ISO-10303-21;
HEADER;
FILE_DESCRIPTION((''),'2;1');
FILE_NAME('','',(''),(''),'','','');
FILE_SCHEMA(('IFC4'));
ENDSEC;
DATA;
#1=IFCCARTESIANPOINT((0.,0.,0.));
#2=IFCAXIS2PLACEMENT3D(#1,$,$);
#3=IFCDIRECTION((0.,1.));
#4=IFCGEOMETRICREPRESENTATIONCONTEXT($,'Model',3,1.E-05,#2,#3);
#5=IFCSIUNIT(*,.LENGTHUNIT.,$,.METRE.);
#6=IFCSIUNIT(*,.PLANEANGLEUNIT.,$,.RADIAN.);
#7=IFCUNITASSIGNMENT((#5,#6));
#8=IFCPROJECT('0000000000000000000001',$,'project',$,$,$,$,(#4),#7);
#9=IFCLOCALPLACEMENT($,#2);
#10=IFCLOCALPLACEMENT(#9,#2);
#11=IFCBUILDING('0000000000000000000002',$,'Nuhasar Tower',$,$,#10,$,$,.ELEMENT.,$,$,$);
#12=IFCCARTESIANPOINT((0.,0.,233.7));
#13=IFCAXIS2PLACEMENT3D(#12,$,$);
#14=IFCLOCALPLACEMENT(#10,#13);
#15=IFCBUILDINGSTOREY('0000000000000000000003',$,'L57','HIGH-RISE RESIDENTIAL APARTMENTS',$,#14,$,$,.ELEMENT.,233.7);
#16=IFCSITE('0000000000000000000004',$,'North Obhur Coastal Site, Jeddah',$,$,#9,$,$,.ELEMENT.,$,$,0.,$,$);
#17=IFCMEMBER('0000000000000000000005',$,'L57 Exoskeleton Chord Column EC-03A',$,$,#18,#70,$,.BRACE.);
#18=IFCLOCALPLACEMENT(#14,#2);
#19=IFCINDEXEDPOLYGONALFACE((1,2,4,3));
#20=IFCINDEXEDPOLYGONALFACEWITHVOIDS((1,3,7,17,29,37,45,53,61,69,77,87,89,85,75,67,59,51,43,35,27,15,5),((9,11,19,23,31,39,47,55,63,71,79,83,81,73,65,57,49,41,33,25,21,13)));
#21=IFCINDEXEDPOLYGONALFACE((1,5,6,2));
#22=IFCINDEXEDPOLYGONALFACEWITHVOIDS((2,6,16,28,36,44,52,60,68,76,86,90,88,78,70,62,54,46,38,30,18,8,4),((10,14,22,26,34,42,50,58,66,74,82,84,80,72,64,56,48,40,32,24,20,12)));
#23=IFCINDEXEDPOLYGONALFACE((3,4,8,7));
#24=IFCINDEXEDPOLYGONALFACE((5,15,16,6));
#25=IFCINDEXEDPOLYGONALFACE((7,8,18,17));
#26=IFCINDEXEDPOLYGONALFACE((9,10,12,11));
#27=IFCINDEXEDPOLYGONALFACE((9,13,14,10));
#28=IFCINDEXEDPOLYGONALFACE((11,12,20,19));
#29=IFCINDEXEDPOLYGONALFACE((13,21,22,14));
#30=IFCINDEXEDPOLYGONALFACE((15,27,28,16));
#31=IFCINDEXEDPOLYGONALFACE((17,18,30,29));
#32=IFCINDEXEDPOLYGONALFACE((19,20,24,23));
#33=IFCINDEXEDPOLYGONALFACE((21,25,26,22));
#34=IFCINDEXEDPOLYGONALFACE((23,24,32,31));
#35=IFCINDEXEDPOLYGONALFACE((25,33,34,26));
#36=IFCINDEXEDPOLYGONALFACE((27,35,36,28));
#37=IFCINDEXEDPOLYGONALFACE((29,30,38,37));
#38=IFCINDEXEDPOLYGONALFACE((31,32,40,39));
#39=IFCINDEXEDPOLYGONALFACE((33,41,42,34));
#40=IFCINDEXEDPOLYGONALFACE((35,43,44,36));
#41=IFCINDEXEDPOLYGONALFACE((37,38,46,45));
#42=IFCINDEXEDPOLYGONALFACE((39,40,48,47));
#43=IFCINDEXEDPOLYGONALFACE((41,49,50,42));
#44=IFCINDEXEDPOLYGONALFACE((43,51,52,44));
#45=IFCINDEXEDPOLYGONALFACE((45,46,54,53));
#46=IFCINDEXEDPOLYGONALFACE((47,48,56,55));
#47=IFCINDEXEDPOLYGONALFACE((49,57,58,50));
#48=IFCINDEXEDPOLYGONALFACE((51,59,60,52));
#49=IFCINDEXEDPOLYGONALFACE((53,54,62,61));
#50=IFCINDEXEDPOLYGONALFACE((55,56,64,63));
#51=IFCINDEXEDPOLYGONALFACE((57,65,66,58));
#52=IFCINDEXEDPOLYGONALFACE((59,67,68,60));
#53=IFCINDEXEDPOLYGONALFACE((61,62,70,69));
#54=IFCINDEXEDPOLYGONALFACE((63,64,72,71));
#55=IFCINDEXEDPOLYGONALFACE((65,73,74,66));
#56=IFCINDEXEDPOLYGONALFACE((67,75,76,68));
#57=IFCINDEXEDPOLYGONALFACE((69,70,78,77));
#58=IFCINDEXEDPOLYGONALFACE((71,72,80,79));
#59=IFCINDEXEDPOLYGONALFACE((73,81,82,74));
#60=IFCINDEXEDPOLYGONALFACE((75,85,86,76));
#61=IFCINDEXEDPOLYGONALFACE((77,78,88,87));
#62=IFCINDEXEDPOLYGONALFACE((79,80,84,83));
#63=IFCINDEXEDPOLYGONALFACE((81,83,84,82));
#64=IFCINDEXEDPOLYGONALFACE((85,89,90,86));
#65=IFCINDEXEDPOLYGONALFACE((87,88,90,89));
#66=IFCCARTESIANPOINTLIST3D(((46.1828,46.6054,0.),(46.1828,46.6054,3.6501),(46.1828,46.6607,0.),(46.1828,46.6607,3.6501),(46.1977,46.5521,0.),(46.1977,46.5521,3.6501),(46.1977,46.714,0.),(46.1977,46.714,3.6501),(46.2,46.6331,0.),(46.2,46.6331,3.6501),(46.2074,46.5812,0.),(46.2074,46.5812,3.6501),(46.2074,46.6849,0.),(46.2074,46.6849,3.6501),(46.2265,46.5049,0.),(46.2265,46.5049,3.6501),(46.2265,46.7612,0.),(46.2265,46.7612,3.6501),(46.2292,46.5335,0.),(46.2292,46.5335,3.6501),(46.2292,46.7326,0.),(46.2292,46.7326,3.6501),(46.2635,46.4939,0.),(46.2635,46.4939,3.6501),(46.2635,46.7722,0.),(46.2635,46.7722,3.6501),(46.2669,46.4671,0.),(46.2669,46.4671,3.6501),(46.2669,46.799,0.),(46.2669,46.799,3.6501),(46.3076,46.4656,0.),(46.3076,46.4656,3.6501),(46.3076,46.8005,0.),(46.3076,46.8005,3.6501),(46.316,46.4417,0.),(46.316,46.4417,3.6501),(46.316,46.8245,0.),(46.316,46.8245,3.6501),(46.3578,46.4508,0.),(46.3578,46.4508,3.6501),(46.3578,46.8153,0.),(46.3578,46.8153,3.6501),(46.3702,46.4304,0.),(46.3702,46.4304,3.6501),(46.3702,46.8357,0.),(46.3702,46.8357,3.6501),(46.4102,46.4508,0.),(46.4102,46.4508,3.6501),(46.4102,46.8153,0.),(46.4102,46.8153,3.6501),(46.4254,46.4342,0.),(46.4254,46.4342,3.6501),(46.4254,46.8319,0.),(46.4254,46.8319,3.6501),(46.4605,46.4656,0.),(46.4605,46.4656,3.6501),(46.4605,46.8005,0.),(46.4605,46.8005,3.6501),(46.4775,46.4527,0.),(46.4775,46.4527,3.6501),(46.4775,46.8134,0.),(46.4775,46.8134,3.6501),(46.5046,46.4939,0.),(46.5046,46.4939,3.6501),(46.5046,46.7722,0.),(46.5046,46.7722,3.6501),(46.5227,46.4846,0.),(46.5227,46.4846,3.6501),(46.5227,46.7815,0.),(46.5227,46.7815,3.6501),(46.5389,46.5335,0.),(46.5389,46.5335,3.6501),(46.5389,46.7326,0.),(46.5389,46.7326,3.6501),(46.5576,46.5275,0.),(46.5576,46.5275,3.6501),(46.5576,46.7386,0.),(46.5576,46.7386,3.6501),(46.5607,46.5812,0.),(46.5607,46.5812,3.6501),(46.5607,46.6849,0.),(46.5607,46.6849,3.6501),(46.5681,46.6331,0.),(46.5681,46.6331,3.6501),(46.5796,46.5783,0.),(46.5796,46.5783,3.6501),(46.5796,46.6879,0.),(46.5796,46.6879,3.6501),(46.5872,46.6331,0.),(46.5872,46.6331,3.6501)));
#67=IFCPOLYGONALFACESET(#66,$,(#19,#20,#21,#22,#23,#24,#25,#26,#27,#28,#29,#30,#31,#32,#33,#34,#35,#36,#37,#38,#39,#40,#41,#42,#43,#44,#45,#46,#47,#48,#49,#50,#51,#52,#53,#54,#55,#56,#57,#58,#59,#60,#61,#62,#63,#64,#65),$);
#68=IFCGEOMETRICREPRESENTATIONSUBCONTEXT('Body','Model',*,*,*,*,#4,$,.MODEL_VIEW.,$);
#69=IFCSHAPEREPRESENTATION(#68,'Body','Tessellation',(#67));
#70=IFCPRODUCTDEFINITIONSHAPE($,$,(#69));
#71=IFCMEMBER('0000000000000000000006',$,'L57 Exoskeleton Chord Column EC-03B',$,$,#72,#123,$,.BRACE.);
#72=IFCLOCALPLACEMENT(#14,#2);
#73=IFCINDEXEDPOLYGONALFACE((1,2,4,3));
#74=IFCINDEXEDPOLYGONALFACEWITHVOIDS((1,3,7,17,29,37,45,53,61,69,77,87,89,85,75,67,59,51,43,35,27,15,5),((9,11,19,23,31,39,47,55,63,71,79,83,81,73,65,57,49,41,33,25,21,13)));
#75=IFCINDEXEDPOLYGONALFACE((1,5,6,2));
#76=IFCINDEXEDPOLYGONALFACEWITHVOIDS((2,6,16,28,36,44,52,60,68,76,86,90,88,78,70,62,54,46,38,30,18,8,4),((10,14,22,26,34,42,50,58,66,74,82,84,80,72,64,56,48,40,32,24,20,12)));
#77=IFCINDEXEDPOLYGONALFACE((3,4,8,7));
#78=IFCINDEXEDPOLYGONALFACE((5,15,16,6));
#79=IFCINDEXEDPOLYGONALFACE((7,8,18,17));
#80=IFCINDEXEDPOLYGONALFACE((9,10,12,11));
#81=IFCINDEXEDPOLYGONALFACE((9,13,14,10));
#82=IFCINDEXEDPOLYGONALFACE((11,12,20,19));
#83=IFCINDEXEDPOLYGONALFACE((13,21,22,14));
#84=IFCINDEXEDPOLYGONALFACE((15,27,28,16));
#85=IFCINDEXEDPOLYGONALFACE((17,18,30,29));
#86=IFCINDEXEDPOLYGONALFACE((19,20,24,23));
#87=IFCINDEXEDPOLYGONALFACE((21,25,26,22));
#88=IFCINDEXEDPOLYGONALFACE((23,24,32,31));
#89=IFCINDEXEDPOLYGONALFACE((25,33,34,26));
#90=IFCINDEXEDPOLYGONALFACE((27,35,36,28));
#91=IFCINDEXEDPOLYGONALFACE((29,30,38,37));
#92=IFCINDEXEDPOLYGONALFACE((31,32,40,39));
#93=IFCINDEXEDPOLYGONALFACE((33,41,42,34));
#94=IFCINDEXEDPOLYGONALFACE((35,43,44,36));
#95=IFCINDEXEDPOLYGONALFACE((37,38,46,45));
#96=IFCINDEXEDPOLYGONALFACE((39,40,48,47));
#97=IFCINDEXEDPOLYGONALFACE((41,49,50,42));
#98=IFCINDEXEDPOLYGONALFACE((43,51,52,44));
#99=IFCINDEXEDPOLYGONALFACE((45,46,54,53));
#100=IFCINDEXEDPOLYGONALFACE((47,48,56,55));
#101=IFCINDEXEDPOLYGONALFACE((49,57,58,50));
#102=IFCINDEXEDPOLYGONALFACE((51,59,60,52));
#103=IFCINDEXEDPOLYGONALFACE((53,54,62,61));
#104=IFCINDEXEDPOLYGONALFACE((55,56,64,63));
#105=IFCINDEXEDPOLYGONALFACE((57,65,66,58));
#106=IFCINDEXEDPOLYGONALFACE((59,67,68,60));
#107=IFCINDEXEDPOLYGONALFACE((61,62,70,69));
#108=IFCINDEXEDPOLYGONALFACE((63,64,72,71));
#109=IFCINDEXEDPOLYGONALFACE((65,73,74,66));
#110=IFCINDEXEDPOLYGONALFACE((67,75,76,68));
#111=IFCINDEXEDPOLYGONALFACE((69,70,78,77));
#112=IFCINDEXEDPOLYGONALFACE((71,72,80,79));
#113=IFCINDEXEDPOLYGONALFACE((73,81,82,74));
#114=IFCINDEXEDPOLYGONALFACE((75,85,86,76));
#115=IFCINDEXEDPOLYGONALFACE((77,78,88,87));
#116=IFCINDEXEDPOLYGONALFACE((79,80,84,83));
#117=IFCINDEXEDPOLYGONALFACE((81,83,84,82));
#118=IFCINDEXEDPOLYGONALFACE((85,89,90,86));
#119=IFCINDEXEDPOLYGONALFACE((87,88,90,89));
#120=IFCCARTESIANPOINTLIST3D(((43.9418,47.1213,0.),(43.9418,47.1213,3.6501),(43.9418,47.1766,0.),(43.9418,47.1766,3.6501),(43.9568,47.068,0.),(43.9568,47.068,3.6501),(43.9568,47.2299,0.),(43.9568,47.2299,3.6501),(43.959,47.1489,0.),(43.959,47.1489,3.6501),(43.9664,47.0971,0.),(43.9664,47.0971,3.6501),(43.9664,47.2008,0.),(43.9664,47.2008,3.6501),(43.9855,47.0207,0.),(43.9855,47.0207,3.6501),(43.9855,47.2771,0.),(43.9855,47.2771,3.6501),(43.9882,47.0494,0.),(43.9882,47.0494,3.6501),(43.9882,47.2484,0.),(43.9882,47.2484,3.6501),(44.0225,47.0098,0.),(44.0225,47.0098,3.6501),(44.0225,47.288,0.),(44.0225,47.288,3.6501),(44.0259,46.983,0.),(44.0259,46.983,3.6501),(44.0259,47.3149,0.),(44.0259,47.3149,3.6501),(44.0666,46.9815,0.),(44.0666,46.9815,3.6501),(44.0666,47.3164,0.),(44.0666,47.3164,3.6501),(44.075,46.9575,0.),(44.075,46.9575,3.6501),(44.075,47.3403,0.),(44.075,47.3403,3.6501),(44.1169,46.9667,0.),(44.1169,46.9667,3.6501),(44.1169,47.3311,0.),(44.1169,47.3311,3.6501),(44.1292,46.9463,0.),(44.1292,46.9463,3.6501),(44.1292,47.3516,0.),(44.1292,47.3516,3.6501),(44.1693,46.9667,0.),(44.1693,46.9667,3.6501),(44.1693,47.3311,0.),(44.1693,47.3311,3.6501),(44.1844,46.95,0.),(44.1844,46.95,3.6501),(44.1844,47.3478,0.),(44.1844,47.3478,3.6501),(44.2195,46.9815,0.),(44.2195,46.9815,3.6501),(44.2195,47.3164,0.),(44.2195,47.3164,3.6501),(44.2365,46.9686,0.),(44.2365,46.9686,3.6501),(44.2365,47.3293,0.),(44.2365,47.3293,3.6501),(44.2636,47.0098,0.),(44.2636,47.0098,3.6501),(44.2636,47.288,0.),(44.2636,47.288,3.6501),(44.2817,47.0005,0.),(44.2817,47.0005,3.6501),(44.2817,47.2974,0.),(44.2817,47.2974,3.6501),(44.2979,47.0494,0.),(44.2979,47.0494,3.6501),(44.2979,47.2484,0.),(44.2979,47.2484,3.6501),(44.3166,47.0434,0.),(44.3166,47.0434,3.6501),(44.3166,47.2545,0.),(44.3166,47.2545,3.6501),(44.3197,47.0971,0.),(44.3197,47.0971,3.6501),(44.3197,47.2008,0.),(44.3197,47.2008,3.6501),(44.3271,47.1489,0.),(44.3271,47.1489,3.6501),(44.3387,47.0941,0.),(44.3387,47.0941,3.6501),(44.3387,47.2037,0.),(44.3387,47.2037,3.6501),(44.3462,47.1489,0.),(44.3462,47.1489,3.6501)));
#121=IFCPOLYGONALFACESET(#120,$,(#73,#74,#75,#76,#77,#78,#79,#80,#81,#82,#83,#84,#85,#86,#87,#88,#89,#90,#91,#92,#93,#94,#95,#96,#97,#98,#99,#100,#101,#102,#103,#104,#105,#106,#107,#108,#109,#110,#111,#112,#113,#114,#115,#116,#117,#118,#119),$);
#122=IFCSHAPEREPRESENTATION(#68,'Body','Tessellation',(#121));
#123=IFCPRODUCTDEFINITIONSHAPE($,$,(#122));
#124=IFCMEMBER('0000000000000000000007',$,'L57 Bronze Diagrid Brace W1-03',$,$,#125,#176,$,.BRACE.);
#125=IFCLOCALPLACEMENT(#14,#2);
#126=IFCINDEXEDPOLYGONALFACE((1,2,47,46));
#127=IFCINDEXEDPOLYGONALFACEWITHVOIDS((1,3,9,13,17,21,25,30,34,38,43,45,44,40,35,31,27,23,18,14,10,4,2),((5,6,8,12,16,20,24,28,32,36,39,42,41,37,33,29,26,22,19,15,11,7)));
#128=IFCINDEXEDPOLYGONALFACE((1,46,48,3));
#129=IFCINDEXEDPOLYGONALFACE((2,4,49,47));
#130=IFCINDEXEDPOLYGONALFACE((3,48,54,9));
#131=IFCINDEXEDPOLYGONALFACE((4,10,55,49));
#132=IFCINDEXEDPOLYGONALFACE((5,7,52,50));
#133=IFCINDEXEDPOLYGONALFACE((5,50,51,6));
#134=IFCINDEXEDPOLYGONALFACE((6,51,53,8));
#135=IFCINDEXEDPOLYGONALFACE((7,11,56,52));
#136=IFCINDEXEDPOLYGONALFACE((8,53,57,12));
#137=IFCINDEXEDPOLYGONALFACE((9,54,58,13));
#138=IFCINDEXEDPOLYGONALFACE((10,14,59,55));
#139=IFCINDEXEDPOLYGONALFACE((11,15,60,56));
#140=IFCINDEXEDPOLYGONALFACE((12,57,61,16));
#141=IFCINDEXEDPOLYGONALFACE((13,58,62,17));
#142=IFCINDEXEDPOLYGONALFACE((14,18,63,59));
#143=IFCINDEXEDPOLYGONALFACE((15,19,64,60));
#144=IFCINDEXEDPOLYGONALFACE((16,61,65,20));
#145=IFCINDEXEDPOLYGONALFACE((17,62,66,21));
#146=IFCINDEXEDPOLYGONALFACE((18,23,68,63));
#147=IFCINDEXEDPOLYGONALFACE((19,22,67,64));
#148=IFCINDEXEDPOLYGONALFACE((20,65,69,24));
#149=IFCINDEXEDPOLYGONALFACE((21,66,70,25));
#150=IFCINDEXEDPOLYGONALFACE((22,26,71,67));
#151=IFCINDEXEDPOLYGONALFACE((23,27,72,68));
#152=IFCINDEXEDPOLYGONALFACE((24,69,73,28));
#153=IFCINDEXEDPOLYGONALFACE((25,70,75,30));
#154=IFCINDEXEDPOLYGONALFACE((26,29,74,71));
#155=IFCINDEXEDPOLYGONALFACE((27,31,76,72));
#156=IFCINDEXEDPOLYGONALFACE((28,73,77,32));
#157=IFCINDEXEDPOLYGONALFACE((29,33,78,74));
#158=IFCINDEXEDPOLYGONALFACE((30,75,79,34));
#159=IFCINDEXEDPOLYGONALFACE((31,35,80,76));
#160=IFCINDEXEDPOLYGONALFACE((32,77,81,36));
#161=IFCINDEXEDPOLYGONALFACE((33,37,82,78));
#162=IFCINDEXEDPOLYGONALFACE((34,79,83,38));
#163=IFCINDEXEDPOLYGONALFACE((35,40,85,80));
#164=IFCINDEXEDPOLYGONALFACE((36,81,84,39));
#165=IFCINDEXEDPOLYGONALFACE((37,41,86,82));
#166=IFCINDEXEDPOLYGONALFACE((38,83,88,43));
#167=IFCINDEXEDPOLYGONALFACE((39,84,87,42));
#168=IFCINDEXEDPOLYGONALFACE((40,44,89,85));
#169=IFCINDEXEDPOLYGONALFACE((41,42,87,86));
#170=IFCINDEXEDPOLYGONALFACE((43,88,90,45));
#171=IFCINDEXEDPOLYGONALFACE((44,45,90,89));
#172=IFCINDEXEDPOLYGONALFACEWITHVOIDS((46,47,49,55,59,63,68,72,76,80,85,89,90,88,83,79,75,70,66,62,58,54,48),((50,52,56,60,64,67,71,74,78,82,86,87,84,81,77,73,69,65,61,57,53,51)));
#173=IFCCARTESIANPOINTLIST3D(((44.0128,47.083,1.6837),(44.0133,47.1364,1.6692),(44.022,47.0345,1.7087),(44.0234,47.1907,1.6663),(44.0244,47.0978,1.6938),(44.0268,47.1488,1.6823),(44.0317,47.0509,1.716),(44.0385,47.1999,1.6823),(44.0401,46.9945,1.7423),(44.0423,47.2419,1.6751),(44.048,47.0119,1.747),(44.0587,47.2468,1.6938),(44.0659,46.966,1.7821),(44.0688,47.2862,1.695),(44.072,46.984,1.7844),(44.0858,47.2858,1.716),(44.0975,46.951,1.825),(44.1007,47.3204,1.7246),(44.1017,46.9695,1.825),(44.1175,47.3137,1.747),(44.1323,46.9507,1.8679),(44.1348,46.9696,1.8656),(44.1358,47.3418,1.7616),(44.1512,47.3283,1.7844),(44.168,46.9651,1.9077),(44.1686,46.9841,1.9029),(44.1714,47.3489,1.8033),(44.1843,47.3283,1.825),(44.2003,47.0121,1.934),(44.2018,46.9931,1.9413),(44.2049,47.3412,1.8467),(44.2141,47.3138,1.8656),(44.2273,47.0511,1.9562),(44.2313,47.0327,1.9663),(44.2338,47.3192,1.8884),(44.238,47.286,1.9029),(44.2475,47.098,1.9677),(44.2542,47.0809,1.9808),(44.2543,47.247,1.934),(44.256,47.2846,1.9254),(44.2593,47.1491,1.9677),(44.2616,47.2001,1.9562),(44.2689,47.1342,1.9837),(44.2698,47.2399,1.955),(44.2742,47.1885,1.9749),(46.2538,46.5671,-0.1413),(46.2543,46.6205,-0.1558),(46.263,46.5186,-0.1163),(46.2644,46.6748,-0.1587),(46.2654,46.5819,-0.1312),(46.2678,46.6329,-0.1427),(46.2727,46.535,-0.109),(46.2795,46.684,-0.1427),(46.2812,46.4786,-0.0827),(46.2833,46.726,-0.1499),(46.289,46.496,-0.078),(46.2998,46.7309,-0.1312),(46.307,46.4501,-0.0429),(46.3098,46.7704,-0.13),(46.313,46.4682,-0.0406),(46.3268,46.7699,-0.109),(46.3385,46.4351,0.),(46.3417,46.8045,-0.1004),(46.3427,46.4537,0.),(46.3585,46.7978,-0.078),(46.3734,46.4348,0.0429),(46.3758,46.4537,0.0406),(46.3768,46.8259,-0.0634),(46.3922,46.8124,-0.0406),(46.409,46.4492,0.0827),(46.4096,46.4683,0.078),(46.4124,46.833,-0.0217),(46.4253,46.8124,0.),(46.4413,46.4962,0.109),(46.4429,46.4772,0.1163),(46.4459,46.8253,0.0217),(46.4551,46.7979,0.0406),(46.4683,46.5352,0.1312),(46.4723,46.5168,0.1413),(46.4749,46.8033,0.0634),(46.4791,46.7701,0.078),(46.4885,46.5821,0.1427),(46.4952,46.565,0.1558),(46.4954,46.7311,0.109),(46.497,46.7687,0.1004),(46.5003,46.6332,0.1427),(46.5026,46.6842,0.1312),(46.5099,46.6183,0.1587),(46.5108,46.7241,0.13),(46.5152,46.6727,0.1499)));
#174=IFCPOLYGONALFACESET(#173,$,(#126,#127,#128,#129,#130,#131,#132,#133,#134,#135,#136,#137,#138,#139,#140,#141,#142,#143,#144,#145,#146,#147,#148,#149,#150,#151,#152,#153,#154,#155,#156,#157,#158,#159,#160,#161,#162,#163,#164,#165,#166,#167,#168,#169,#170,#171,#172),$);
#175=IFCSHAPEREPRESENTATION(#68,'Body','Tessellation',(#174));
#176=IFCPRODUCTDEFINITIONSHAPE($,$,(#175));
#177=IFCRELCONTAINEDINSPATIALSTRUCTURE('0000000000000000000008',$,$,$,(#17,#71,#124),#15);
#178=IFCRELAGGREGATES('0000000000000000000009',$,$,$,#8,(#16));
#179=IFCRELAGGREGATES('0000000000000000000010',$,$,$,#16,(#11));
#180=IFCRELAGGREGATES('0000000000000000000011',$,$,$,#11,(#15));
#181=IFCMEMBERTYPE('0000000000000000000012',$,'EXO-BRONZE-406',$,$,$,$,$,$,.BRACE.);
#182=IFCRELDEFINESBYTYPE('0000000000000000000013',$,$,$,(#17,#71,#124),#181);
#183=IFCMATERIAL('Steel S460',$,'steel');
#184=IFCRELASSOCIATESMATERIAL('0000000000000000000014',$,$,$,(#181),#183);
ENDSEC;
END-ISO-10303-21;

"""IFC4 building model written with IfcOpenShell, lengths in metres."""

from ifc_helpers import new_model, si_unit, direction, frame, origin, origin_2d, place, context, subcontext, project, spatial, hollow_circle, extrude, material, material_profile, profile_set, type_object, element, save


model = new_model("IFC4")

# Units and contexts
model_context = context("Model", 3, precision=1e-05, world=origin(), true_north=direction((0.0, 1.0)))
body_context = subcontext(model_context, "Body", "Model", "MODEL_VIEW")
ifc_project = project(units=[si_unit("LENGTHUNIT", "METRE"), si_unit("PLANEANGLEUNIT", "RADIAN")], contexts=[model_context])

# Site, building, storey
site_placement = place(None, origin())
site = spatial("IfcSite", under=ifc_project, at=site_placement, Name="North Obhur Coastal Site, Jeddah", CompositionType="ELEMENT", RefElevation=0.0)
building_placement = place(site_placement, origin())
building = spatial("IfcBuilding", under=site, at=building_placement, Name="Nuhasar Tower", CompositionType="ELEMENT")
storey_placement = place(building_placement, frame((0.0, 0.0, 233.7)))
storey = spatial("IfcBuildingStorey", under=building, at=storey_placement, Name="L57", Description="HIGH-RISE RESIDENTIAL APARTMENTS", CompositionType="ELEMENT", Elevation=233.7)

# Members
ifc_material_1 = material(Name="Steel S460", Category="steel")
ifc_material_profile_1 = material_profile(ifc_material_1, hollow_circle(Radius=0.2031, WallThickness=0.019, at=origin_2d()), Name="HSS406.4X19.1")
ifc_profile_set_1 = profile_set([ifc_material_profile_1], Name="Steel S460")
member_type_1 = type_object("IfcMemberType", Name="EXO-BRONZE-406", PredefinedType="BRACE", material=ifc_profile_set_1)
for number, where, z_axis, x_axis, name in (
    (1, (46.384, 46.6331, 0.0), (0.0, 0.0, 1.0), (1.0, 0.0, 0.0), "L57 Exoskeleton Chord Column EC-03A"),
    (2, (44.1431, 47.1489, 0.0), (0.0, 0.0, 1.0), (1.0, 0.0, 0.0), "L57 Exoskeleton Chord Column EC-03B"),
):
    element("IfcMember", number, at=place(storey_placement, frame(where, z_axis=z_axis, x_axis=x_axis)), inside=storey, type_object=member_type_1, Name=name, PredefinedType="BRACE", context=body_context, shape_type="SweptSolid", body=[
        extrude(hollow_circle(Radius=0.2031, WallThickness=0.019, at=origin_2d()), origin(), (0.0, 0.0, 1.0), 3.6501),
    ])
for number, where, z_axis, x_axis, name in (
    (3, (46.384, 46.6331, 0.0), (-0.763343, 0.175721, 0.621635), (-0.224332, -0.974513, 0.0), "L57 Bronze Diagrid Brace W1-03"),
):
    element("IfcMember", number, at=place(storey_placement, frame(where, z_axis=z_axis, x_axis=x_axis)), inside=storey, type_object=member_type_1, Name=name, PredefinedType="BRACE", context=body_context, shape_type="SweptSolid", body=[
        extrude(hollow_circle(Radius=0.2031, WallThickness=0.019, at=origin_2d()), origin(), (0.0, 0.0, 1.0), 2.9358),
    ])

save(model, "model.ifc")
